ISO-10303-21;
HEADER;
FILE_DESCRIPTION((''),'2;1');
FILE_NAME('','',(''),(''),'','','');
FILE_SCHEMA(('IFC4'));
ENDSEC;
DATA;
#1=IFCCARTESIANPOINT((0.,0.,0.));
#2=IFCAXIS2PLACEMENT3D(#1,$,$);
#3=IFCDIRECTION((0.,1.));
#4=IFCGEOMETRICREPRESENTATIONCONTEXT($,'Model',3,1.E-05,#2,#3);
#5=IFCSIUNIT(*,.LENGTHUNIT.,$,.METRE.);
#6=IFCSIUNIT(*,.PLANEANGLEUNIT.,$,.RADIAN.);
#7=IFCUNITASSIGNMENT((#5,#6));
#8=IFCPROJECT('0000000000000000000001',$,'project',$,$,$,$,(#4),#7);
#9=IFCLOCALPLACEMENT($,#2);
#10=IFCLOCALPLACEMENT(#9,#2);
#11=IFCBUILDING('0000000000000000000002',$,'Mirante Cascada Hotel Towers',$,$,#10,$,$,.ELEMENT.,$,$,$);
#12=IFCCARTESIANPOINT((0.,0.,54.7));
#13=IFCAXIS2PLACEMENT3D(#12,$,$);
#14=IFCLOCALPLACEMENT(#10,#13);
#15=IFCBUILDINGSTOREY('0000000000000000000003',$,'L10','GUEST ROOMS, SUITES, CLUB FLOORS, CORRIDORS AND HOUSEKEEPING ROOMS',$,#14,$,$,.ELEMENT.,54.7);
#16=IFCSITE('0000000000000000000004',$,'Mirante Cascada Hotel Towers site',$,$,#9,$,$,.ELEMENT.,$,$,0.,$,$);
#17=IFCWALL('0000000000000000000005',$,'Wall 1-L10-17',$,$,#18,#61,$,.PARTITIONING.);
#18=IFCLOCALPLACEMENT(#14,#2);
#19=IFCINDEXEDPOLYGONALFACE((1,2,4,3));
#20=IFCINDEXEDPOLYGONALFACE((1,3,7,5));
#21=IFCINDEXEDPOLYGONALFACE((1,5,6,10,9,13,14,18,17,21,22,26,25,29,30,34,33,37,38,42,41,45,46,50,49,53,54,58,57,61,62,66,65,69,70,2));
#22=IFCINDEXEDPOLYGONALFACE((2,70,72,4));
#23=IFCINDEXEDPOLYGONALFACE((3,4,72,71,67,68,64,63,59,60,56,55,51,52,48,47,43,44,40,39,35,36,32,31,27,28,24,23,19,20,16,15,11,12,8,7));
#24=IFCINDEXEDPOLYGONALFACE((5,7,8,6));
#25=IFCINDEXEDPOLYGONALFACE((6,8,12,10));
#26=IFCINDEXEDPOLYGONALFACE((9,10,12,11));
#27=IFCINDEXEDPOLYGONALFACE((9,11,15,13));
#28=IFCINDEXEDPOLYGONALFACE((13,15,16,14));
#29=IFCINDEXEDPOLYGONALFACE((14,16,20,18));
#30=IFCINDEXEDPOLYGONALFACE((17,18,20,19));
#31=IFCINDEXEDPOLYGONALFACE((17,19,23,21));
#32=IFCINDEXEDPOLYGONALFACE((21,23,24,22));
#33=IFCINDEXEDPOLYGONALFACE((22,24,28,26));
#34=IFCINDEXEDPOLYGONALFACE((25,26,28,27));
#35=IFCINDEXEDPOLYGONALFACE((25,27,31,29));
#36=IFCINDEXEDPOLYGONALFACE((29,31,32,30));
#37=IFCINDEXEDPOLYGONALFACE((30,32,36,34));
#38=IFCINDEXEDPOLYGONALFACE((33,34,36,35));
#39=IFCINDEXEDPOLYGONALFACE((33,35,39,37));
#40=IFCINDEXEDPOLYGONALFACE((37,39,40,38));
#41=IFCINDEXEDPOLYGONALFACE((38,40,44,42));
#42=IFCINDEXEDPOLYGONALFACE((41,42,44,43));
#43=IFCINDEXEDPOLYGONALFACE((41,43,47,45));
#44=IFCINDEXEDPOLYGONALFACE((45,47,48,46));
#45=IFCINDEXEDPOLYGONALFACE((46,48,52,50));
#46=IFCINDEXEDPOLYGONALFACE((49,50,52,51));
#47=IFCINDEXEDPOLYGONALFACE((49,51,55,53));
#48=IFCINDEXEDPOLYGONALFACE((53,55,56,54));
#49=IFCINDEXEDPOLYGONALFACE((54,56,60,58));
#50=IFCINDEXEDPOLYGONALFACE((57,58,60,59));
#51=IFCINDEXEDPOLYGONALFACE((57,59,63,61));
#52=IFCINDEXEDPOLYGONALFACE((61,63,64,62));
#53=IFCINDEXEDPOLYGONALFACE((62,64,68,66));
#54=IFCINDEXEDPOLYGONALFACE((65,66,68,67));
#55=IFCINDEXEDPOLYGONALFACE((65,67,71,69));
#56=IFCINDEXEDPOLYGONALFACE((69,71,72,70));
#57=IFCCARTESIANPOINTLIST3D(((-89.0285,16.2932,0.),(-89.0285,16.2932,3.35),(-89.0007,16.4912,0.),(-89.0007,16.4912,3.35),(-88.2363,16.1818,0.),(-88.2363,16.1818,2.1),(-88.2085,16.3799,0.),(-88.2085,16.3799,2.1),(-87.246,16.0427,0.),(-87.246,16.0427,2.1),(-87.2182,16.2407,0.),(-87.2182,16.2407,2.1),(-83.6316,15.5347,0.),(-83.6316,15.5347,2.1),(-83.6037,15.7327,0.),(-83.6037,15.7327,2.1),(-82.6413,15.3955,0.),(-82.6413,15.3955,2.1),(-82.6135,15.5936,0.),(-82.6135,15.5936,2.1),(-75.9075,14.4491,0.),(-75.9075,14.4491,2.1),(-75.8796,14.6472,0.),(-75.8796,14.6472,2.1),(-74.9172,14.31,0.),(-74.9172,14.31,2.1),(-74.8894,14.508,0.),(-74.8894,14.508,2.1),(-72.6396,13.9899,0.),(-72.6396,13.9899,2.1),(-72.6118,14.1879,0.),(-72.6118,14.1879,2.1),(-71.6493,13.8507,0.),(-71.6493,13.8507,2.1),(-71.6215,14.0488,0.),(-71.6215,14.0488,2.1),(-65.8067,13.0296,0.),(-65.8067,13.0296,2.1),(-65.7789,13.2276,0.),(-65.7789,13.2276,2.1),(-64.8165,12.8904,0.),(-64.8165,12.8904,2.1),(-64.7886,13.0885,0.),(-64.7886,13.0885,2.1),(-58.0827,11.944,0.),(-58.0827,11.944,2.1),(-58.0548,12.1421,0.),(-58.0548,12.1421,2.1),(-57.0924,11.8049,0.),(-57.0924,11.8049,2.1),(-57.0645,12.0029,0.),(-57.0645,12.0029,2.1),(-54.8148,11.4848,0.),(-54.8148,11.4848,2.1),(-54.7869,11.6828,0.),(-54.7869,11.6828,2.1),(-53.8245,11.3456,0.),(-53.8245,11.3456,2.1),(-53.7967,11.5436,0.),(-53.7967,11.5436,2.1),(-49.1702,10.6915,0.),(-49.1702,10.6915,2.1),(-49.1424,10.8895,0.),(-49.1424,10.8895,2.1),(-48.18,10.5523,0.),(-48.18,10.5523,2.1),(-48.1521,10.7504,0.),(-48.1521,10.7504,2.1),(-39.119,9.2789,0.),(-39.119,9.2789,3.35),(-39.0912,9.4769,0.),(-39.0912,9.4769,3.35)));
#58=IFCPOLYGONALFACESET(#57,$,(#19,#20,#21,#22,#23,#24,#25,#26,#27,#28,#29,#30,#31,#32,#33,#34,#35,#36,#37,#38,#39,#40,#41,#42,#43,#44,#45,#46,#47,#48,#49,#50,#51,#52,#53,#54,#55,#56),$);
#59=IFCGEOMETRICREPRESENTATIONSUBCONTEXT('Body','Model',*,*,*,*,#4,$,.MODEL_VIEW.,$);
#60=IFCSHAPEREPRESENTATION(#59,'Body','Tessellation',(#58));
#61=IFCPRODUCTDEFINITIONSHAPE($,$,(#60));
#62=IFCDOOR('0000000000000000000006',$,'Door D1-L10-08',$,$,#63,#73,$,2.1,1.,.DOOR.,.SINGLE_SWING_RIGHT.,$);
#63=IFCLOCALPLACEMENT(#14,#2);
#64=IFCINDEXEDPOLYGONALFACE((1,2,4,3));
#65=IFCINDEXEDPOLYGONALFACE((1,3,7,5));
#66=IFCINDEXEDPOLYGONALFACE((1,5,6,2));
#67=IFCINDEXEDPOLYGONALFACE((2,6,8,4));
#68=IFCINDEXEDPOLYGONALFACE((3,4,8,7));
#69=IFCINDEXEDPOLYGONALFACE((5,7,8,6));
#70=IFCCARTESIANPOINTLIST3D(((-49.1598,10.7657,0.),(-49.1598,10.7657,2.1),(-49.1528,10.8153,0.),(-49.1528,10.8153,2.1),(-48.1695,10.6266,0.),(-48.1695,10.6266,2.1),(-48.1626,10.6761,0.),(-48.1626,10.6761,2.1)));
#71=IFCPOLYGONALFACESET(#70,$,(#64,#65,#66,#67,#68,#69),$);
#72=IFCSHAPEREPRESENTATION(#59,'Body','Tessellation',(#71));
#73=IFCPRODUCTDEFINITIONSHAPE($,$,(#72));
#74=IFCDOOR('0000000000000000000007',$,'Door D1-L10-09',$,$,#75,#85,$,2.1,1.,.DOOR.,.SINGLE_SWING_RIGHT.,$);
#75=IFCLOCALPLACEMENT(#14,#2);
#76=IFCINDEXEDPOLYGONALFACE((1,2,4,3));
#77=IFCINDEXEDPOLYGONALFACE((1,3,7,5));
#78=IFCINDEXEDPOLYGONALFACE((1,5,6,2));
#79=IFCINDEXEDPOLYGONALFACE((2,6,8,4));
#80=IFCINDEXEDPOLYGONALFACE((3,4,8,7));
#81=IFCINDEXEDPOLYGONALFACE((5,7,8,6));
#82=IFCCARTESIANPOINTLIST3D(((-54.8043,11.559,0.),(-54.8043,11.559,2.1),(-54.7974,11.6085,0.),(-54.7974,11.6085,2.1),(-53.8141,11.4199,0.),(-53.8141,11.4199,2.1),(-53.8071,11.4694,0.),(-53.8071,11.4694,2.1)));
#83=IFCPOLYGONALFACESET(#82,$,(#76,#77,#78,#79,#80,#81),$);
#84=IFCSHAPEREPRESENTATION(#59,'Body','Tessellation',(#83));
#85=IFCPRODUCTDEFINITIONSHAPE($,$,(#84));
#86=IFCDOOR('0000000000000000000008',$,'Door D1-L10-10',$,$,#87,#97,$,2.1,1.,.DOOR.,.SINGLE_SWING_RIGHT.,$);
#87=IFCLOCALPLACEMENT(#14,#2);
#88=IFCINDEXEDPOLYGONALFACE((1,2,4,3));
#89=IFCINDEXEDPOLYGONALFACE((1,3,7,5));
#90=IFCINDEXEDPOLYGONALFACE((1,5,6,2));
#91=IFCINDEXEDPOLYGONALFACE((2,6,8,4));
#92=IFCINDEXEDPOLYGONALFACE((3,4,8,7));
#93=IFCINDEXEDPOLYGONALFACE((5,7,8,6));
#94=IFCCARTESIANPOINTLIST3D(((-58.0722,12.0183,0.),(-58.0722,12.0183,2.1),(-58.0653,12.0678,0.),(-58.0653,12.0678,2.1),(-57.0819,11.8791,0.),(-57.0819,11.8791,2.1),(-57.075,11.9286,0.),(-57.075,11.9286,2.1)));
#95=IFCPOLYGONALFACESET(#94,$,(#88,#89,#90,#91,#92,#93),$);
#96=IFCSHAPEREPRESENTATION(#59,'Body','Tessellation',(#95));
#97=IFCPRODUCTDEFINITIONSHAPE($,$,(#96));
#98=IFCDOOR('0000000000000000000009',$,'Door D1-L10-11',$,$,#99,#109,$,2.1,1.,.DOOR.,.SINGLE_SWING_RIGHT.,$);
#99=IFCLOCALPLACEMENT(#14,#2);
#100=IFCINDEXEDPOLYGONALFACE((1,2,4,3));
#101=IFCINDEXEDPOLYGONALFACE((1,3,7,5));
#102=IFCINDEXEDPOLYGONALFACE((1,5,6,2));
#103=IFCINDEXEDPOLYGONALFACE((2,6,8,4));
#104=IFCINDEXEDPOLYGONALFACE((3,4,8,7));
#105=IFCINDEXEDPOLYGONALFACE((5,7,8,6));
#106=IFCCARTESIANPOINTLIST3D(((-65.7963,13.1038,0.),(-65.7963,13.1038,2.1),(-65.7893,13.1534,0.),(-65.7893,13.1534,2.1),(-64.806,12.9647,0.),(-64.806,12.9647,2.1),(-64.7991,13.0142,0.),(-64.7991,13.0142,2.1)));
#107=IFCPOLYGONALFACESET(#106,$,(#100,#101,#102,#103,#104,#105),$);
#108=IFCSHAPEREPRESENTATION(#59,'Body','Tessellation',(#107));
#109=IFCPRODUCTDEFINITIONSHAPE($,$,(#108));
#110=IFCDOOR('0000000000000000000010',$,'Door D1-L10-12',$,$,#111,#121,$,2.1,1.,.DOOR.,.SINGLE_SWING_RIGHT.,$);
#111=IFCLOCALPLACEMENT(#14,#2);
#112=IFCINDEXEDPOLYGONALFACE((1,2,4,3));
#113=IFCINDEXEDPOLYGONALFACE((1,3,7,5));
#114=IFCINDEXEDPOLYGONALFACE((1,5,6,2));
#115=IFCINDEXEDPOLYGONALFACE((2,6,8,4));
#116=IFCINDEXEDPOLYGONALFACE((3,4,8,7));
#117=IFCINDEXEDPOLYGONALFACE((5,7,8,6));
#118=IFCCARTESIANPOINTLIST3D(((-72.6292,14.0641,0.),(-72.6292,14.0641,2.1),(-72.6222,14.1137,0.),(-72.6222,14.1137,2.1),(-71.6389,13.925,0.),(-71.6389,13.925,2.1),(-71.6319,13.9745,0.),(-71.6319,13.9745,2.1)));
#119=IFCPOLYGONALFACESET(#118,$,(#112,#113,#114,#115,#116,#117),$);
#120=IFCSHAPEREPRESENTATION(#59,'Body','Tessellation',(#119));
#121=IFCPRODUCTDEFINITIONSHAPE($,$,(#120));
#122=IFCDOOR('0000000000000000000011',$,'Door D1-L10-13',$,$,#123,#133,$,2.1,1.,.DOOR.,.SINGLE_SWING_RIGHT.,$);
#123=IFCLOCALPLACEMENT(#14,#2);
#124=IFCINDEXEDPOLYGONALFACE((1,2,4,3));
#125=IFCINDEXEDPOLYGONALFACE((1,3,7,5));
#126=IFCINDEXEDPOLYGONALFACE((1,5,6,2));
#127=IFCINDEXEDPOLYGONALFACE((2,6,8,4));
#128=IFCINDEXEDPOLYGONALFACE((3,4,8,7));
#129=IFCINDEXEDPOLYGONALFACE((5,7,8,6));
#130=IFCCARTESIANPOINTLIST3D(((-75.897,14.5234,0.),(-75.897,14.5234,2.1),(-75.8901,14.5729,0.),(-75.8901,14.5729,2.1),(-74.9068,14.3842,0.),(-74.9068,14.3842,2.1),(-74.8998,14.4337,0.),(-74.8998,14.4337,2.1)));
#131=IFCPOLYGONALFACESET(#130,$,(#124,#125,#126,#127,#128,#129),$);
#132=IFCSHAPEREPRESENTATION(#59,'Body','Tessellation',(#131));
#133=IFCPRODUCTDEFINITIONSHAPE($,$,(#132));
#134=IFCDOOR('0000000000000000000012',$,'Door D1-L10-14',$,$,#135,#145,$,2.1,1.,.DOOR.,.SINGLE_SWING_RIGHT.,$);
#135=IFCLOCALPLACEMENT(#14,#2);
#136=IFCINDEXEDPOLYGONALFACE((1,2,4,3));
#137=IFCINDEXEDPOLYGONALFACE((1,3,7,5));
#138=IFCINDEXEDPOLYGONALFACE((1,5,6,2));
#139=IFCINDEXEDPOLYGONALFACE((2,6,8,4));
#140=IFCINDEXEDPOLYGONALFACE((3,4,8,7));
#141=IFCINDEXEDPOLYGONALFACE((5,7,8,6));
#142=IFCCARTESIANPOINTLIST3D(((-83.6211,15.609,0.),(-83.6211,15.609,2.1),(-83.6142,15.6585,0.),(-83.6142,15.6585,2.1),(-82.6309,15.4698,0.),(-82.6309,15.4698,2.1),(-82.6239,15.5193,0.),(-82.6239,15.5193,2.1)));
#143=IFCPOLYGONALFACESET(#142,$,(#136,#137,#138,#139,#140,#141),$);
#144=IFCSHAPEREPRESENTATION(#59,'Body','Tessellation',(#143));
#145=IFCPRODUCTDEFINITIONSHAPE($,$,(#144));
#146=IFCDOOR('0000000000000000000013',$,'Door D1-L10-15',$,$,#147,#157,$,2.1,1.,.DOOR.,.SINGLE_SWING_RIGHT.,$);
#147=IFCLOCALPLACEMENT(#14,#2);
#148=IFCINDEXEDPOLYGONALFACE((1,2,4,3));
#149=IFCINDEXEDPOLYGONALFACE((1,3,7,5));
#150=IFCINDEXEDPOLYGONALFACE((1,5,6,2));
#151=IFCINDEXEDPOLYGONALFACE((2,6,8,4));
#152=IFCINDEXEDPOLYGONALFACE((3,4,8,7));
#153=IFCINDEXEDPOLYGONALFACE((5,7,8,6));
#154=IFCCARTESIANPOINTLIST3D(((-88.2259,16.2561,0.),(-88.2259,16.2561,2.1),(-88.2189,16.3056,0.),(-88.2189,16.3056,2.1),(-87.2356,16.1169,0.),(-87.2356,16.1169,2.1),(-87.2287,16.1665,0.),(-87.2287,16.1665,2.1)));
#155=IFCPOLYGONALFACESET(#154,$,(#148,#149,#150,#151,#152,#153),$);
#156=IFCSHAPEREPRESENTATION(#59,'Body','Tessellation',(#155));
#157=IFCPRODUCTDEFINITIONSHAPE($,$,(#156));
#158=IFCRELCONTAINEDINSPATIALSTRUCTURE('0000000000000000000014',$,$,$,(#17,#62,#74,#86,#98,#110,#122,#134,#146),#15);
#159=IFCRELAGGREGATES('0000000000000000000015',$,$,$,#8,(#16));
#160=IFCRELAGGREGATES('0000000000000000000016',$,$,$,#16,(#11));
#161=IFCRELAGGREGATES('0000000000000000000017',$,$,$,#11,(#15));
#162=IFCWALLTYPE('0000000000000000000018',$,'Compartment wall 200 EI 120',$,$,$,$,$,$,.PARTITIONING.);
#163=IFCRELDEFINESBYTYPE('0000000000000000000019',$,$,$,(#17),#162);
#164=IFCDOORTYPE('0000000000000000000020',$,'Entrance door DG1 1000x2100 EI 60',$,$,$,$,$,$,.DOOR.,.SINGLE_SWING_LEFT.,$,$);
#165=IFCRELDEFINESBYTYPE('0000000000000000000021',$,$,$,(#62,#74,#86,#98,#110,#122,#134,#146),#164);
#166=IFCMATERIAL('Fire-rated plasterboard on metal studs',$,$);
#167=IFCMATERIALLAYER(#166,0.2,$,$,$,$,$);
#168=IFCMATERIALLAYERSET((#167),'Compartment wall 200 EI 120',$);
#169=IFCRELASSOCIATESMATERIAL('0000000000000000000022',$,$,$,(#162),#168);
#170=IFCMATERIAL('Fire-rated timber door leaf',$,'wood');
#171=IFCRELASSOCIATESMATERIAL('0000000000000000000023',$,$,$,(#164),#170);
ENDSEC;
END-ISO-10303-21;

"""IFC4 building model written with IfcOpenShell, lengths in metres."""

from ifc_helpers import new_model, si_unit, direction, frame, frame_2d, origin, place, context, subcontext, project, spatial, rectangle, extrude, material, layer, layer_set, type_object, element, fill, save


model = new_model("IFC4")

# Units and contexts
model_context = context("Model", 3, precision=1e-05, world=origin(), true_north=direction((0.0, 1.0)))
body_context = subcontext(model_context, "Body", "Model", "MODEL_VIEW")
ifc_project = project(units=[si_unit("LENGTHUNIT", "METRE"), si_unit("PLANEANGLEUNIT", "RADIAN")], contexts=[model_context])

# Site, building, storey
site_placement = place(None, origin())
site = spatial("IfcSite", under=ifc_project, at=site_placement, Name="Mirante Cascada Hotel Towers site", CompositionType="ELEMENT", RefElevation=0.0)
building_placement = place(site_placement, origin())
building = spatial("IfcBuilding", under=site, at=building_placement, Name="Mirante Cascada Hotel Towers", CompositionType="ELEMENT")
storey_placement = place(building_placement, frame((0.0, 0.0, 54.7)))
storey = spatial("IfcBuildingStorey", under=building, at=storey_placement, Name="L10", Description="GUEST ROOMS, SUITES, CLUB FLOORS, CORRIDORS AND HOUSEKEEPING ROOMS", CompositionType="ELEMENT", Elevation=54.7)

# Wall, openings, doors
ifc_material_1 = material(Name="Fire-rated plasterboard on metal studs")
ifc_layer_1 = layer(ifc_material_1, 0.2)
ifc_layer_set_1 = layer_set([ifc_layer_1], Name="Compartment wall 200 EI 120")
wall_type_1 = type_object("IfcWallType", Name="Compartment wall 200 EI 120", PredefinedType="PARTITIONING", material=ifc_layer_set_1)
wall_1_placement = place(storey_placement, frame((-39.1051, 9.3779, 0.0), z_axis=(0.0, 0.0, 1.0), x_axis=(-0.990268, 0.139173, 0.0)))
wall_1 = element("IfcWall", 1, at=wall_1_placement, inside=storey, type_object=wall_type_1, Name="Wall 1-L10-17", PredefinedType="PARTITIONING", context=body_context, shape_type="SweptSolid", body=[
    extrude(rectangle(XDim=50.4, YDim=0.2, at=frame_2d((25.2, 0.0))), origin(), (0.0, 0.0, 1.0), 3.35),
])
opening_1_placement = place(wall_1_placement, frame((9.15, 0.0, 0.0)))
opening_1 = element("IfcOpeningElement", 2, at=opening_1_placement, cuts=wall_1, PredefinedType="OPENING", context=body_context, shape_type="SweptSolid", body=[
    extrude(rectangle(XDim=1.0, YDim=2.1, at=frame_2d((0.5, 1.05))), frame((0.0, 0.1, 0.0), z_axis=(0.0, -1.0, 0.0), x_axis=(1.0, 0.0, 0.0)), (0.0, 0.0, 1.0), 0.2),
])
opening_2_placement = place(wall_1_placement, frame((14.85, 0.0, 0.0)))
opening_2 = element("IfcOpeningElement", 3, at=opening_2_placement, cuts=wall_1, PredefinedType="OPENING", context=body_context, shape_type="SweptSolid", body=[
    extrude(rectangle(XDim=1.0, YDim=2.1, at=frame_2d((0.5, 1.05))), frame((0.0, 0.1, 0.0), z_axis=(0.0, -1.0, 0.0), x_axis=(1.0, 0.0, 0.0)), (0.0, 0.0, 1.0), 0.2),
])
opening_3_placement = place(wall_1_placement, frame((18.15, 0.0, 0.0)))
opening_3 = element("IfcOpeningElement", 4, at=opening_3_placement, cuts=wall_1, PredefinedType="OPENING", context=body_context, shape_type="SweptSolid", body=[
    extrude(rectangle(XDim=1.0, YDim=2.1, at=frame_2d((0.5, 1.05))), frame((0.0, 0.1, 0.0), z_axis=(0.0, -1.0, 0.0), x_axis=(1.0, 0.0, 0.0)), (0.0, 0.0, 1.0), 0.2),
])
opening_4_placement = place(wall_1_placement, frame((25.95, 0.0, 0.0)))
opening_4 = element("IfcOpeningElement", 5, at=opening_4_placement, cuts=wall_1, PredefinedType="OPENING", context=body_context, shape_type="SweptSolid", body=[
    extrude(rectangle(XDim=1.0, YDim=2.1, at=frame_2d((0.5, 1.05))), frame((0.0, 0.1, 0.0), z_axis=(0.0, -1.0, 0.0), x_axis=(1.0, 0.0, 0.0)), (0.0, 0.0, 1.0), 0.2),
])
opening_5_placement = place(wall_1_placement, frame((32.85, 0.0, 0.0)))
opening_5 = element("IfcOpeningElement", 6, at=opening_5_placement, cuts=wall_1, PredefinedType="OPENING", context=body_context, shape_type="SweptSolid", body=[
    extrude(rectangle(XDim=1.0, YDim=2.1, at=frame_2d((0.5, 1.05))), frame((0.0, 0.1, 0.0), z_axis=(0.0, -1.0, 0.0), x_axis=(1.0, 0.0, 0.0)), (0.0, 0.0, 1.0), 0.2),
])
opening_6_placement = place(wall_1_placement, frame((36.15, 0.0, 0.0)))
opening_6 = element("IfcOpeningElement", 7, at=opening_6_placement, cuts=wall_1, PredefinedType="OPENING", context=body_context, shape_type="SweptSolid", body=[
    extrude(rectangle(XDim=1.0, YDim=2.1, at=frame_2d((0.5, 1.05))), frame((0.0, 0.1, 0.0), z_axis=(0.0, -1.0, 0.0), x_axis=(1.0, 0.0, 0.0)), (0.0, 0.0, 1.0), 0.2),
])
opening_7_placement = place(wall_1_placement, frame((43.95, 0.0, 0.0)))
opening_7 = element("IfcOpeningElement", 8, at=opening_7_placement, cuts=wall_1, PredefinedType="OPENING", context=body_context, shape_type="SweptSolid", body=[
    extrude(rectangle(XDim=1.0, YDim=2.1, at=frame_2d((0.5, 1.05))), frame((0.0, 0.1, 0.0), z_axis=(0.0, -1.0, 0.0), x_axis=(1.0, 0.0, 0.0)), (0.0, 0.0, 1.0), 0.2),
])
opening_8_placement = place(wall_1_placement, frame((48.6, 0.0, 0.0)))
opening_8 = element("IfcOpeningElement", 9, at=opening_8_placement, cuts=wall_1, PredefinedType="OPENING", context=body_context, shape_type="SweptSolid", body=[
    extrude(rectangle(XDim=1.0, YDim=2.1, at=frame_2d((0.5, 1.05))), frame((0.0, 0.1, 0.0), z_axis=(0.0, -1.0, 0.0), x_axis=(1.0, 0.0, 0.0)), (0.0, 0.0, 1.0), 0.2),
])
ifc_material_2 = material(Name="Fire-rated timber door leaf", Category="wood")
door_type_1 = type_object("IfcDoorType", Name="Entrance door DG1 1000x2100 EI 60", OperationType="SINGLE_SWING_LEFT", PredefinedType="DOOR", material=ifc_material_2)
door_1_placement = place(opening_1_placement, frame((1.0, 0.0, 0.0), z_axis=(0.0, 0.0, 1.0), x_axis=(-1.0, 0.0, 0.0)))
door_1 = element("IfcDoor", 10, at=door_1_placement, inside=storey, type_object=door_type_1, Name="Door D1-L10-08", OperationType="SINGLE_SWING_RIGHT", OverallHeight=2.1, OverallWidth=1.0, PredefinedType="DOOR", context=body_context, shape_type="SweptSolid", body=[
    extrude(rectangle(XDim=1.0, YDim=2.1, at=frame_2d((0.5, 1.05))), frame((0.0, 0.025, 0.0), z_axis=(0.0, -1.0, 0.0), x_axis=(1.0, 0.0, 0.0)), (0.0, 0.0, 1.0), 0.05),
])
fill(opening_1, door_1)
door_2_placement = place(opening_2_placement, frame((1.0, 0.0, 0.0), z_axis=(0.0, 0.0, 1.0), x_axis=(-1.0, 0.0, 0.0)))
door_2 = element("IfcDoor", 11, at=door_2_placement, inside=storey, type_object=door_type_1, Name="Door D1-L10-09", OperationType="SINGLE_SWING_RIGHT", OverallHeight=2.1, OverallWidth=1.0, PredefinedType="DOOR", context=body_context, shape_type="SweptSolid", body=[
    extrude(rectangle(XDim=1.0, YDim=2.1, at=frame_2d((0.5, 1.05))), frame((0.0, 0.025, 0.0), z_axis=(0.0, -1.0, 0.0), x_axis=(1.0, 0.0, 0.0)), (0.0, 0.0, 1.0), 0.05),
])
fill(opening_2, door_2)
door_3_placement = place(opening_3_placement, frame((1.0, 0.0, 0.0), z_axis=(0.0, 0.0, 1.0), x_axis=(-1.0, 0.0, 0.0)))
door_3 = element("IfcDoor", 12, at=door_3_placement, inside=storey, type_object=door_type_1, Name="Door D1-L10-10", OperationType="SINGLE_SWING_RIGHT", OverallHeight=2.1, OverallWidth=1.0, PredefinedType="DOOR", context=body_context, shape_type="SweptSolid", body=[
    extrude(rectangle(XDim=1.0, YDim=2.1, at=frame_2d((0.5, 1.05))), frame((0.0, 0.025, 0.0), z_axis=(0.0, -1.0, 0.0), x_axis=(1.0, 0.0, 0.0)), (0.0, 0.0, 1.0), 0.05),
])
fill(opening_3, door_3)
door_4_placement = place(opening_4_placement, frame((1.0, 0.0, 0.0), z_axis=(0.0, 0.0, 1.0), x_axis=(-1.0, 0.0, 0.0)))
door_4 = element("IfcDoor", 13, at=door_4_placement, inside=storey, type_object=door_type_1, Name="Door D1-L10-11", OperationType="SINGLE_SWING_RIGHT", OverallHeight=2.1, OverallWidth=1.0, PredefinedType="DOOR", context=body_context, shape_type="SweptSolid", body=[
    extrude(rectangle(XDim=1.0, YDim=2.1, at=frame_2d((0.5, 1.05))), frame((0.0, 0.025, 0.0), z_axis=(0.0, -1.0, 0.0), x_axis=(1.0, 0.0, 0.0)), (0.0, 0.0, 1.0), 0.05),
])
fill(opening_4, door_4)
door_5_placement = place(opening_5_placement, frame((1.0, 0.0, 0.0), z_axis=(0.0, 0.0, 1.0), x_axis=(-1.0, 0.0, 0.0)))
door_5 = element("IfcDoor", 14, at=door_5_placement, inside=storey, type_object=door_type_1, Name="Door D1-L10-12", OperationType="SINGLE_SWING_RIGHT", OverallHeight=2.1, OverallWidth=1.0, PredefinedType="DOOR", context=body_context, shape_type="SweptSolid", body=[
    extrude(rectangle(XDim=1.0, YDim=2.1, at=frame_2d((0.5, 1.05))), frame((0.0, 0.025, 0.0), z_axis=(0.0, -1.0, 0.0), x_axis=(1.0, 0.0, 0.0)), (0.0, 0.0, 1.0), 0.05),
])
fill(opening_5, door_5)
door_6_placement = place(opening_6_placement, frame((1.0, 0.0, 0.0), z_axis=(0.0, 0.0, 1.0), x_axis=(-1.0, 0.0, 0.0)))
door_6 = element("IfcDoor", 15, at=door_6_placement, inside=storey, type_object=door_type_1, Name="Door D1-L10-13", OperationType="SINGLE_SWING_RIGHT", OverallHeight=2.1, OverallWidth=1.0, PredefinedType="DOOR", context=body_context, shape_type="SweptSolid", body=[
    extrude(rectangle(XDim=1.0, YDim=2.1, at=frame_2d((0.5, 1.05))), frame((0.0, 0.025, 0.0), z_axis=(0.0, -1.0, 0.0), x_axis=(1.0, 0.0, 0.0)), (0.0, 0.0, 1.0), 0.05),
])
fill(opening_6, door_6)
door_7_placement = place(opening_7_placement, frame((1.0, 0.0, 0.0), z_axis=(0.0, 0.0, 1.0), x_axis=(-1.0, 0.0, 0.0)))
door_7 = element("IfcDoor", 16, at=door_7_placement, inside=storey, type_object=door_type_1, Name="Door D1-L10-14", OperationType="SINGLE_SWING_RIGHT", OverallHeight=2.1, OverallWidth=1.0, PredefinedType="DOOR", context=body_context, shape_type="SweptSolid", body=[
    extrude(rectangle(XDim=1.0, YDim=2.1, at=frame_2d((0.5, 1.05))), frame((0.0, 0.025, 0.0), z_axis=(0.0, -1.0, 0.0), x_axis=(1.0, 0.0, 0.0)), (0.0, 0.0, 1.0), 0.05),
])
fill(opening_7, door_7)
door_8_placement = place(opening_8_placement, frame((1.0, 0.0, 0.0), z_axis=(0.0, 0.0, 1.0), x_axis=(-1.0, 0.0, 0.0)))
door_8 = element("IfcDoor", 17, at=door_8_placement, inside=storey, type_object=door_type_1, Name="Door D1-L10-15", OperationType="SINGLE_SWING_RIGHT", OverallHeight=2.1, OverallWidth=1.0, PredefinedType="DOOR", context=body_context, shape_type="SweptSolid", body=[
    extrude(rectangle(XDim=1.0, YDim=2.1, at=frame_2d((0.5, 1.05))), frame((0.0, 0.025, 0.0), z_axis=(0.0, -1.0, 0.0), x_axis=(1.0, 0.0, 0.0)), (0.0, 0.0, 1.0), 0.05),
])
fill(opening_8, door_8)

save(model, "model.ifc")
